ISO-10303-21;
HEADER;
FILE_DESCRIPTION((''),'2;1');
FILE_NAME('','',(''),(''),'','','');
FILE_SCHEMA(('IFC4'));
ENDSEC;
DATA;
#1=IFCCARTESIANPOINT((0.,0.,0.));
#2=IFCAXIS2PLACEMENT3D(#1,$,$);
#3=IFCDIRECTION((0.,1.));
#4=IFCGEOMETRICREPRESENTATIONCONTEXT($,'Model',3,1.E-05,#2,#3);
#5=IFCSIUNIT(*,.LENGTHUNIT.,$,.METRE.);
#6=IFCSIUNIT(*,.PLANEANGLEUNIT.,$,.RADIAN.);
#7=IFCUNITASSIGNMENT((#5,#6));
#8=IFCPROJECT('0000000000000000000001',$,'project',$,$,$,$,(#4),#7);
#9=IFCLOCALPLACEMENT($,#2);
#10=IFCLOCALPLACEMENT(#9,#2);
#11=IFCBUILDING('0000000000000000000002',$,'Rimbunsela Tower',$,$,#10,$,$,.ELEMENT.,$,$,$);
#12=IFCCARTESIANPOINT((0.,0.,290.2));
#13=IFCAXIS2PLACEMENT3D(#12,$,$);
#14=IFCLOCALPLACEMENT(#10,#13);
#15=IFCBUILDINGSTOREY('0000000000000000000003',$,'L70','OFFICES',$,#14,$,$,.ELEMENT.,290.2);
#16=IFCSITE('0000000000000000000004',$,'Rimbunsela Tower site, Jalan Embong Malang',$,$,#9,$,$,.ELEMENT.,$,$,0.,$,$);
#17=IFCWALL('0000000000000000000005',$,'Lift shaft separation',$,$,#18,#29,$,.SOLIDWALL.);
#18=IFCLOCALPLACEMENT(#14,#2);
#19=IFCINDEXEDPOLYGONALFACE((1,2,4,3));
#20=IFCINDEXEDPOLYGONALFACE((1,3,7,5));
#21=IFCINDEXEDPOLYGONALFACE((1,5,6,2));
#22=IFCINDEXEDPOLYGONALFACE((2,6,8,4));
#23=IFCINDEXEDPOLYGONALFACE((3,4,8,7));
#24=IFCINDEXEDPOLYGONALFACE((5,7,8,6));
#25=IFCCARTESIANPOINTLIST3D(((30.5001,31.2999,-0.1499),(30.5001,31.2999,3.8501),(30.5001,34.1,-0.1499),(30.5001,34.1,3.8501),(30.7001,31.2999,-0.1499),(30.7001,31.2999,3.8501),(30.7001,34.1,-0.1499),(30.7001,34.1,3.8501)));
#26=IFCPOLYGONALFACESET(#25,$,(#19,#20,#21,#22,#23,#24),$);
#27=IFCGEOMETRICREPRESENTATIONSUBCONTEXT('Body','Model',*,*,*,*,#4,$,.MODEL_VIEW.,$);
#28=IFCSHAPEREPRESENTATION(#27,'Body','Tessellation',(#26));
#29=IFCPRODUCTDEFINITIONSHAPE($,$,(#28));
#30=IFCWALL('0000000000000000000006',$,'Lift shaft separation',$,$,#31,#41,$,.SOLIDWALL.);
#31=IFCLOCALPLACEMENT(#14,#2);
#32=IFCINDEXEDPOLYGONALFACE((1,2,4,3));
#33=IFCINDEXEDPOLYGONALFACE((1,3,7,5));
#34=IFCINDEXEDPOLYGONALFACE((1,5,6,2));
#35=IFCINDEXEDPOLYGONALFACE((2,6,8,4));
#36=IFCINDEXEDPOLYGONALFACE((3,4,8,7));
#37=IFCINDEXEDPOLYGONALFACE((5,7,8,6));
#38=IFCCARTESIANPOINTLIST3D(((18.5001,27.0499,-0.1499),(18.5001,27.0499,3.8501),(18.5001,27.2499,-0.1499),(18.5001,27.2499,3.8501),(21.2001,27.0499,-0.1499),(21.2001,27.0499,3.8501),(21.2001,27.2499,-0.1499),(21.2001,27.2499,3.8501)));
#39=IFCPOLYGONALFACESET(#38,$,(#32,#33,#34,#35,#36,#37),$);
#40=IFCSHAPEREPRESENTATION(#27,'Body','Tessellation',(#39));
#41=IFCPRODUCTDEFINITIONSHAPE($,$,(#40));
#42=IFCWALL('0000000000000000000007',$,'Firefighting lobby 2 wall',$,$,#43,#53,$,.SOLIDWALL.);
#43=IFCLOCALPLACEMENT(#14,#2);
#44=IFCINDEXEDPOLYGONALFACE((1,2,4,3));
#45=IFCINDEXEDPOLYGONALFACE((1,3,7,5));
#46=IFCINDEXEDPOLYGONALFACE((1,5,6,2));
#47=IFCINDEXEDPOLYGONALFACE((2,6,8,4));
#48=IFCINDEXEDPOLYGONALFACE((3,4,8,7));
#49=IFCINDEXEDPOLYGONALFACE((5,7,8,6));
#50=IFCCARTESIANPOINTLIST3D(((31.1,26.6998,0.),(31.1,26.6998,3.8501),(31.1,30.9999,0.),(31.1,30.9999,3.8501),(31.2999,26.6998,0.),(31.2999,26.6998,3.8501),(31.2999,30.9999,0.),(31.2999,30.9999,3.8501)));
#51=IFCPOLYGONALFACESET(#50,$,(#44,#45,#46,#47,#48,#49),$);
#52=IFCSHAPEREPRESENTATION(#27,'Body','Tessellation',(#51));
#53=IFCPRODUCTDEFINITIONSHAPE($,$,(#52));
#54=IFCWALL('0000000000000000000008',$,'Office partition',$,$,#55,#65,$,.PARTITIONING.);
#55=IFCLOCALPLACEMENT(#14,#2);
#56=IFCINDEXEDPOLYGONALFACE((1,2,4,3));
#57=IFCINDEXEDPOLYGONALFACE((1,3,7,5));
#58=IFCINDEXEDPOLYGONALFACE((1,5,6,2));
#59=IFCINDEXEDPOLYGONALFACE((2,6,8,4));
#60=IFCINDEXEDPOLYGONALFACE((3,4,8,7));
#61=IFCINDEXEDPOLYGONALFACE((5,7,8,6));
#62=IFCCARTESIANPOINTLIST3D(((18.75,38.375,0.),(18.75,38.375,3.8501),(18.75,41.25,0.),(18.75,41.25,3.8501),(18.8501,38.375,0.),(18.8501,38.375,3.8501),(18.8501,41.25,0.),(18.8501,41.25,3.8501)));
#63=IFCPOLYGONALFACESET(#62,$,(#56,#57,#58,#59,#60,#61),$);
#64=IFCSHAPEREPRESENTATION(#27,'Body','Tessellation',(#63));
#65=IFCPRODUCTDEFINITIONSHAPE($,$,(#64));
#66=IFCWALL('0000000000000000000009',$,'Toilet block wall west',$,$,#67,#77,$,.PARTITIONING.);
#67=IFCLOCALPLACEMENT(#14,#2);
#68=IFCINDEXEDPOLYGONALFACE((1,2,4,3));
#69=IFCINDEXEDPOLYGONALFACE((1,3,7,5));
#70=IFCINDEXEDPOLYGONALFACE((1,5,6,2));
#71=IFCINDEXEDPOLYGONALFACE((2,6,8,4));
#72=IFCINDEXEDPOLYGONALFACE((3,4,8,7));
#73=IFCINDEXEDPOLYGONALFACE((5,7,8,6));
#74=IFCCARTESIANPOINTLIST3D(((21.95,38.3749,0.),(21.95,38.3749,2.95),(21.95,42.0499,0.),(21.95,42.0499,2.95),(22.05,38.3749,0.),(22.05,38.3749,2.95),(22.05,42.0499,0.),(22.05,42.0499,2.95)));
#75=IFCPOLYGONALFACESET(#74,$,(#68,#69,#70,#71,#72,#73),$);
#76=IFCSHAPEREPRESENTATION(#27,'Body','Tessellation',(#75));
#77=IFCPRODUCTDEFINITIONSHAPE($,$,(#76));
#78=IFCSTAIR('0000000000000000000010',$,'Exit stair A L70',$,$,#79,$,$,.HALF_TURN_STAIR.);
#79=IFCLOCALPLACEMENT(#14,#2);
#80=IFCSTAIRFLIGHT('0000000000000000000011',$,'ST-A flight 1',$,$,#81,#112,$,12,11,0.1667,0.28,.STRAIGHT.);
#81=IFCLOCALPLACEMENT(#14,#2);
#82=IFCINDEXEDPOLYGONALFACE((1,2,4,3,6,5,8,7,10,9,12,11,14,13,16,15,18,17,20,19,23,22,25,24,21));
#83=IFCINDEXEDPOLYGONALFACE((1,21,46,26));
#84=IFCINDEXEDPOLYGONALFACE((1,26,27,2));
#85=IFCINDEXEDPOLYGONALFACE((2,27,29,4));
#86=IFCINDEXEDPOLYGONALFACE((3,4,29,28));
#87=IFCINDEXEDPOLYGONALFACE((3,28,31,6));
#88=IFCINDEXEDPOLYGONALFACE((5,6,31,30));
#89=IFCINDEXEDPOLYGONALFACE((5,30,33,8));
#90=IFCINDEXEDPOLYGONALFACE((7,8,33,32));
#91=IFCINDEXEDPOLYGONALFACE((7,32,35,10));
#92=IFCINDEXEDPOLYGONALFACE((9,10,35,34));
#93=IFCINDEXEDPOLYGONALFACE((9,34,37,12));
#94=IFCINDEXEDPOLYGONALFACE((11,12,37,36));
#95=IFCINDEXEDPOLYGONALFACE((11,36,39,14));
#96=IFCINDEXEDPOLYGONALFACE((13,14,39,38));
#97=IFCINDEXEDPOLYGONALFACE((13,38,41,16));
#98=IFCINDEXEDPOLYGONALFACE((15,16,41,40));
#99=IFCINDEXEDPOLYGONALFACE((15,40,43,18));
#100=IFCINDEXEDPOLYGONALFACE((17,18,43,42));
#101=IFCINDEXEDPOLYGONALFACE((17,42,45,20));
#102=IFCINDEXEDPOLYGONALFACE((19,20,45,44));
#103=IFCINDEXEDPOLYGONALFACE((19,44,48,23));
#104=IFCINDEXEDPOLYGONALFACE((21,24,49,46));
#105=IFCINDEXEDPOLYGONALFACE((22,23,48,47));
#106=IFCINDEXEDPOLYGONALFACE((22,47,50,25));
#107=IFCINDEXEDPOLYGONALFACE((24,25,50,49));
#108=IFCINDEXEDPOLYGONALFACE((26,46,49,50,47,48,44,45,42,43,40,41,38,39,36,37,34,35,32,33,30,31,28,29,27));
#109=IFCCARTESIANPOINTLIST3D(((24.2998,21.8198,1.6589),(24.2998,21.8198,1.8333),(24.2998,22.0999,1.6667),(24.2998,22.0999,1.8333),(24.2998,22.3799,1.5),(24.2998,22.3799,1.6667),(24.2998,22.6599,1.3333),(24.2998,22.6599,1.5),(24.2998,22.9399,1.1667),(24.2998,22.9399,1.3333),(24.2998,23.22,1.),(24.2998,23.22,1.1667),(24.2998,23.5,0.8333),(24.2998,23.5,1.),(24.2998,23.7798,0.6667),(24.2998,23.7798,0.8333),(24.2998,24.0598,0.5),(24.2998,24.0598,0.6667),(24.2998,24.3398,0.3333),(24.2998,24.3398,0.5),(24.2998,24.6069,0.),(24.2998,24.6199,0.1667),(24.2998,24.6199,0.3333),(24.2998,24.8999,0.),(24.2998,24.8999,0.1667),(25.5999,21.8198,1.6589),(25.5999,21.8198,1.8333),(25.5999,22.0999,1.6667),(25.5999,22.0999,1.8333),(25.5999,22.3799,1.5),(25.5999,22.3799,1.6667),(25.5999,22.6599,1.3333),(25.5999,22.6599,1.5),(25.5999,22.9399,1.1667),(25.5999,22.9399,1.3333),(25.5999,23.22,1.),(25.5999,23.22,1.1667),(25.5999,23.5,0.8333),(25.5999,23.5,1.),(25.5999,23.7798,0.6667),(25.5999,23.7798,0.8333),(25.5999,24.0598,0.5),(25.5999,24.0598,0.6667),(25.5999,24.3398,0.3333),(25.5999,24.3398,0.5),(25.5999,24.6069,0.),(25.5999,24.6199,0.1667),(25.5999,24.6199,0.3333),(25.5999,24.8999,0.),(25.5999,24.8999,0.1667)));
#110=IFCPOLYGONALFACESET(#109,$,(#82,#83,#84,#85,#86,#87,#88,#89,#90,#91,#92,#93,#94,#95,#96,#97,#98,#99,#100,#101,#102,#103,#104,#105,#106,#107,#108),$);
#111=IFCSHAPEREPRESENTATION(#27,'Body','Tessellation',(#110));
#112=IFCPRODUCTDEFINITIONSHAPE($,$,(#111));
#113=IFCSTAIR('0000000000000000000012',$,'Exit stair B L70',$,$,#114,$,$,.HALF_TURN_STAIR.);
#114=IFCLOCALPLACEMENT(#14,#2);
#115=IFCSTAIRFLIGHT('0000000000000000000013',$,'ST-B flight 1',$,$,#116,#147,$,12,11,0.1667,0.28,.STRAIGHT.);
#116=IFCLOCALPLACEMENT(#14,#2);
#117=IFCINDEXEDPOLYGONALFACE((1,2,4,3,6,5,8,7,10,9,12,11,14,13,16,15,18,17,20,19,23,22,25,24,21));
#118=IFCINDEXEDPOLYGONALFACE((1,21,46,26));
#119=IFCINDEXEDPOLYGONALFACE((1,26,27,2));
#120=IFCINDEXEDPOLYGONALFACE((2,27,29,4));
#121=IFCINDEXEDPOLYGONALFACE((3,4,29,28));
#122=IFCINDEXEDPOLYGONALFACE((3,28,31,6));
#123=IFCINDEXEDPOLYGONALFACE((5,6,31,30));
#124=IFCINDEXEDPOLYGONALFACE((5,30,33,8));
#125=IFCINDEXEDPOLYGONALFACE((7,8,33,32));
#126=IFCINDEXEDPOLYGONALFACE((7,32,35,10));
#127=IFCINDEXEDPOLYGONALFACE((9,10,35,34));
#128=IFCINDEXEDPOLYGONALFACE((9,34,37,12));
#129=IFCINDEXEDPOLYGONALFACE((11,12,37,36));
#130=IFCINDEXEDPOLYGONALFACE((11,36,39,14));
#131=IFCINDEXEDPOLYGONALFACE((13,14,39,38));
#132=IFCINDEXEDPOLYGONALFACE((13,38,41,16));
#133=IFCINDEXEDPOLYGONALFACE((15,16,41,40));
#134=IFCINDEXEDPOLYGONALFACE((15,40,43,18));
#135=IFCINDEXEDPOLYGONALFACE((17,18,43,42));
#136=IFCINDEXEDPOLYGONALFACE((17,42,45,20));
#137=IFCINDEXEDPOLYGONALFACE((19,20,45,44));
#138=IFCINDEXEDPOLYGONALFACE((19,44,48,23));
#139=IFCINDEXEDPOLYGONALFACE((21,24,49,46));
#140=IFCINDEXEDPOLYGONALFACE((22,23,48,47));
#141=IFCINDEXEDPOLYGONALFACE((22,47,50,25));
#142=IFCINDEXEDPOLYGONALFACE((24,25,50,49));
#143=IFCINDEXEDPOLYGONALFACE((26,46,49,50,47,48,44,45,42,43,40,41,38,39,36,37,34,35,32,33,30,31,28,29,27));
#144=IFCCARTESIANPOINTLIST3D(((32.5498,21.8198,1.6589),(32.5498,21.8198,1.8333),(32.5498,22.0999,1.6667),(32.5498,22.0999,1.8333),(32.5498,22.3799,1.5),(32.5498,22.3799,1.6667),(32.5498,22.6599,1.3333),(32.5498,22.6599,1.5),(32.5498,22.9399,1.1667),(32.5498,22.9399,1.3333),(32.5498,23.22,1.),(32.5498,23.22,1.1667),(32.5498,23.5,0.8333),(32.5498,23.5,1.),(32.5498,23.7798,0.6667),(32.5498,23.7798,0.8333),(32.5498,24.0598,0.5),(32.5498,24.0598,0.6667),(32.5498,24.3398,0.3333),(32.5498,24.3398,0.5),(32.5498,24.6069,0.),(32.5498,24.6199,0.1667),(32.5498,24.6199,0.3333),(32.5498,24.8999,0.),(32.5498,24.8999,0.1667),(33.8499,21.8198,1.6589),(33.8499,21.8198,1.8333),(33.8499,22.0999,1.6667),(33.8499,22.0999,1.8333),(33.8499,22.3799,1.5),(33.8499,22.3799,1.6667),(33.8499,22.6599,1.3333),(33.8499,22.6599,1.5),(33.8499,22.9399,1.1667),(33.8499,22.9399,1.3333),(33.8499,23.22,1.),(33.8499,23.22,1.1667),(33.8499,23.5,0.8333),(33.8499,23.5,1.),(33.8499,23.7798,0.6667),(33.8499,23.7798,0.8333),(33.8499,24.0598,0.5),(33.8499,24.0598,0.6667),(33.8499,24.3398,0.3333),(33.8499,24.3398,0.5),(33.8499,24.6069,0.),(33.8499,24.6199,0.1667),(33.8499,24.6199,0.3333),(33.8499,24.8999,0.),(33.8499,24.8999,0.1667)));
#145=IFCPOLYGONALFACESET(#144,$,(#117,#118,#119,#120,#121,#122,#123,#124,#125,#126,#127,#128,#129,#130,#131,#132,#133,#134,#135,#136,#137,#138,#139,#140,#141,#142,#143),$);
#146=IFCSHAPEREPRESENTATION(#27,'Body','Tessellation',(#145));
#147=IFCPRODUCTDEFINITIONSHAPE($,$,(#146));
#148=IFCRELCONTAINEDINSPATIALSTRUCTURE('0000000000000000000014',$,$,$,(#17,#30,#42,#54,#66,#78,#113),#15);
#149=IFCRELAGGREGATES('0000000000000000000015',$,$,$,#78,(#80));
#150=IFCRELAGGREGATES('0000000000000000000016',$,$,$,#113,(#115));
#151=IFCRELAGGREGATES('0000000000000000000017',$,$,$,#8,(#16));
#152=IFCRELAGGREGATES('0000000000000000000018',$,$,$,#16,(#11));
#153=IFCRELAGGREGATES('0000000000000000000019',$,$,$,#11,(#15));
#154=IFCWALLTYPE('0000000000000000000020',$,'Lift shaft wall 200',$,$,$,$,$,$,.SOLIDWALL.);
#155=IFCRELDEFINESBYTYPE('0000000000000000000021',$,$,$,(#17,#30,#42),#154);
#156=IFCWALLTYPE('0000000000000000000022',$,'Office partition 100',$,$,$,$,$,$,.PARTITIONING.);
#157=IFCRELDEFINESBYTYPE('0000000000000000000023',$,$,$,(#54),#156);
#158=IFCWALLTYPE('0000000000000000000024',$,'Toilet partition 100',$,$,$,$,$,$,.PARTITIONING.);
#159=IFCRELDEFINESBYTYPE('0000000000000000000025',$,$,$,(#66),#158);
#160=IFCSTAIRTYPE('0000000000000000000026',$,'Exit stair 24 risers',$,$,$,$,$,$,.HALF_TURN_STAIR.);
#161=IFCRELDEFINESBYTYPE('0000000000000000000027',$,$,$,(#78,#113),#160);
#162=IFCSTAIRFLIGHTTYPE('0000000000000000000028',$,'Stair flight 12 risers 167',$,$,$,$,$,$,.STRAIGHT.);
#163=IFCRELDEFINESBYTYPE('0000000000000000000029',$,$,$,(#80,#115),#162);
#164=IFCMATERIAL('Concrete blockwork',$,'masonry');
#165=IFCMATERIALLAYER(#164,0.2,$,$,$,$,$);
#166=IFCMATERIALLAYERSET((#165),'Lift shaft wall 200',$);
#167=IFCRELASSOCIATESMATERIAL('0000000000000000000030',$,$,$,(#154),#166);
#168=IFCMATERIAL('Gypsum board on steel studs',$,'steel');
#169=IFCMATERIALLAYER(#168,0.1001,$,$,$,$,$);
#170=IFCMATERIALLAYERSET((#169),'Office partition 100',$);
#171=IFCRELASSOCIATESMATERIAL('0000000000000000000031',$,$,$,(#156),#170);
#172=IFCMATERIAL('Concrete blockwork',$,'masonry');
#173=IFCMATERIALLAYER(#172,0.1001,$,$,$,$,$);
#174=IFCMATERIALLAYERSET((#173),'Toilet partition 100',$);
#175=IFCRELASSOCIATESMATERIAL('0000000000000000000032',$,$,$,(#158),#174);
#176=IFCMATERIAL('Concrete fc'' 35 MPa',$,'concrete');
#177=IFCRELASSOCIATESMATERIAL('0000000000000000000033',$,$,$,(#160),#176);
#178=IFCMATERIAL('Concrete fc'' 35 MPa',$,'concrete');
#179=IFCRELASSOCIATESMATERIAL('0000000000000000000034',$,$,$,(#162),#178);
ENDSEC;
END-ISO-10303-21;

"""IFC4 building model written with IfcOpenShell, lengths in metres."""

from ifc_helpers import new_model, si_unit, direction, frame, frame_2d, origin, place, context, subcontext, project, spatial, polyline, rectangle, outline, extrude, material, layer, layer_set, type_object, element, aggregate, save


model = new_model("IFC4")

# Units and contexts
model_context = context("Model", 3, precision=1e-05, world=origin(), true_north=direction((0.0, 1.0)))
body_context = subcontext(model_context, "Body", "Model", "MODEL_VIEW")
ifc_project = project(units=[si_unit("LENGTHUNIT", "METRE"), si_unit("PLANEANGLEUNIT", "RADIAN")], contexts=[model_context])

# Site, building, storey
site_placement = place(None, origin())
site = spatial("IfcSite", under=ifc_project, at=site_placement, Name="Rimbunsela Tower site, Jalan Embong Malang", CompositionType="ELEMENT", RefElevation=0.0)
building_placement = place(site_placement, origin())
building = spatial("IfcBuilding", under=site, at=building_placement, Name="Rimbunsela Tower", CompositionType="ELEMENT")
storey_placement = place(building_placement, frame((0.0, 0.0, 290.2)))
storey = spatial("IfcBuildingStorey", under=building, at=storey_placement, Name="L70", Description="OFFICES", CompositionType="ELEMENT", Elevation=290.2)

# Walls
ifc_material_1 = material(Name="Concrete blockwork", Category="masonry")
ifc_layer_1 = layer(ifc_material_1, 0.2)
ifc_layer_set_1 = layer_set([ifc_layer_1], Name="Lift shaft wall 200")
wall_type_1 = type_object("IfcWallType", Name="Lift shaft wall 200", PredefinedType="SOLIDWALL", material=ifc_layer_set_1)
wall_1_placement = place(storey_placement, frame((30.6001, 31.3, -0.1499), z_axis=(0.0, 0.0, 1.0), x_axis=(0.0, 1.0, 0.0)))
element("IfcWall", 1, at=wall_1_placement, inside=storey, type_object=wall_type_1, Name="Lift shaft separation", PredefinedType="SOLIDWALL", context=body_context, shape_type="SweptSolid", body=[
    extrude(rectangle(XDim=2.8, YDim=0.2, at=frame_2d((1.3999, 0.0))), origin(), (0.0, 0.0, 1.0), 4.0),
])
wall_2_placement = place(storey_placement, frame((18.5, 27.1499, -0.1499), z_axis=(0.0, 0.0, 1.0), x_axis=(1.0, 0.0, 0.0)))
element("IfcWall", 2, at=wall_2_placement, inside=storey, type_object=wall_type_1, Name="Lift shaft separation", PredefinedType="SOLIDWALL", context=body_context, shape_type="SweptSolid", body=[
    extrude(rectangle(XDim=2.7, YDim=0.2, at=frame_2d((1.3501, 0.0))), origin(), (0.0, 0.0, 1.0), 4.0),
])
wall_3_placement = place(storey_placement, frame((31.2, 26.7, 0.0), z_axis=(0.0, 0.0, 1.0), x_axis=(0.0, 1.0, 0.0)))
element("IfcWall", 3, at=wall_3_placement, inside=storey, type_object=wall_type_1, Name="Firefighting lobby 2 wall", PredefinedType="SOLIDWALL", context=body_context, shape_type="SweptSolid", body=[
    extrude(rectangle(XDim=4.3, YDim=0.2, at=frame_2d((2.1499, 0.0))), origin(), (0.0, 0.0, 1.0), 3.8501),
])
ifc_material_2 = material(Name="Gypsum board on steel studs", Category="steel")
ifc_layer_2 = layer(ifc_material_2, 0.1001)
ifc_layer_set_2 = layer_set([ifc_layer_2], Name="Office partition 100")
wall_type_2 = type_object("IfcWallType", Name="Office partition 100", PredefinedType="PARTITIONING", material=ifc_layer_set_2)
wall_4_placement = place(storey_placement, frame((18.8, 38.375, 0.0), z_axis=(0.0, 0.0, 1.0), x_axis=(0.0, 1.0, 0.0)))
element("IfcWall", 4, at=wall_4_placement, inside=storey, type_object=wall_type_2, Name="Office partition", PredefinedType="PARTITIONING", context=body_context, shape_type="SweptSolid", body=[
    extrude(rectangle(XDim=2.875, YDim=0.1001, at=frame_2d((1.4375, 0.0))), origin(), (0.0, 0.0, 1.0), 3.8501),
])
ifc_material_3 = material(Name="Concrete blockwork", Category="masonry")
ifc_layer_3 = layer(ifc_material_3, 0.1001)
ifc_layer_set_3 = layer_set([ifc_layer_3], Name="Toilet partition 100")
wall_type_3 = type_object("IfcWallType", Name="Toilet partition 100", PredefinedType="PARTITIONING", material=ifc_layer_set_3)
wall_5_placement = place(storey_placement, frame((22.0, 38.375, 0.0), z_axis=(0.0, 0.0, 1.0), x_axis=(0.0, 1.0, 0.0)))
element("IfcWall", 5, at=wall_5_placement, inside=storey, type_object=wall_type_3, Name="Toilet block wall west", PredefinedType="PARTITIONING", context=body_context, shape_type="SweptSolid", body=[
    extrude(rectangle(XDim=3.675, YDim=0.1001, at=frame_2d((1.8374, 0.0))), origin(), (0.0, 0.0, 1.0), 2.95),
])

# Stairs, stair flights
ifc_material_4 = material(Name="Concrete fc' 35 MPa", Category="concrete")
stair_type = type_object("IfcStairType", Name="Exit stair 24 risers", PredefinedType="HALF_TURN_STAIR", material=ifc_material_4)
stair_1_placement = place(storey_placement, origin())
stair_1 = element("IfcStair", 6, at=stair_1_placement, inside=storey, type_object=stair_type, Name="Exit stair A L70", PredefinedType="HALF_TURN_STAIR")
ifc_material_5 = material(Name="Concrete fc' 35 MPa", Category="concrete")
stair_flight_type = type_object("IfcStairFlightType", Name="Stair flight 12 risers 167", PredefinedType="STRAIGHT", material=ifc_material_5)
stair_flight_1_placement = place(storey_placement, frame((24.95, 24.8999, 0.0), z_axis=(0.0, 0.0, 1.0), x_axis=(0.0, -1.0, 0.0)))
stair_flight_1 = element("IfcStairFlight", 7, at=stair_flight_1_placement, type_object=stair_flight_type, Name="ST-A flight 1", NumberOfRisers=12, NumberOfTreads=11, PredefinedType="STRAIGHT", RiserHeight=0.1667, TreadLength=0.28, context=body_context, shape_type="SweptSolid", body=[
    extrude(outline(polyline([(0.0, 0.0), (0.0, 0.1667), (0.28, 0.1667), (0.28, 0.3333), (0.5601, 0.3333), (0.5601, 0.5), (0.8401, 0.5), (0.8401, 0.6667), (1.1201, 0.6667), (1.1201, 0.8333), (1.3999, 0.8333), (1.3999, 1.0), (1.6799, 1.0), (1.6799, 1.1667), (1.96, 1.1667), (1.96, 1.3333), (2.24, 1.3333), (2.24, 1.5), (2.52, 1.5), (2.52, 1.6667), (2.8, 1.6667), (2.8, 1.8333), (3.0801, 1.8333), (3.0801, 2.0), (3.0801, 1.6589), (0.293, 0.0), (0.0, 0.0)])), frame((0.0, 0.6499, 0.0), z_axis=(0.0, -1.0, 0.0), x_axis=(1.0, 0.0, 0.0)), (0.0, 0.0, 1.0), 1.3),
])
aggregate(stair_1, [stair_flight_1])
stair_2_placement = place(storey_placement, origin())
stair_2 = element("IfcStair", 8, at=stair_2_placement, inside=storey, type_object=stair_type, Name="Exit stair B L70", PredefinedType="HALF_TURN_STAIR")
stair_flight_2_placement = place(storey_placement, frame((33.2, 24.8999, 0.0), z_axis=(0.0, 0.0, 1.0), x_axis=(0.0, -1.0, 0.0)))
stair_flight_2 = element("IfcStairFlight", 9, at=stair_flight_2_placement, type_object=stair_flight_type, Name="ST-B flight 1", NumberOfRisers=12, NumberOfTreads=11, PredefinedType="STRAIGHT", RiserHeight=0.1667, TreadLength=0.28, context=body_context, shape_type="SweptSolid", body=[
    extrude(outline(polyline([(0.0, 0.0), (0.0, 0.1667), (0.28, 0.1667), (0.28, 0.3333), (0.5601, 0.3333), (0.5601, 0.5), (0.8401, 0.5), (0.8401, 0.6667), (1.1201, 0.6667), (1.1201, 0.8333), (1.3999, 0.8333), (1.3999, 1.0), (1.6799, 1.0), (1.6799, 1.1667), (1.96, 1.1667), (1.96, 1.3333), (2.24, 1.3333), (2.24, 1.5), (2.52, 1.5), (2.52, 1.6667), (2.8, 1.6667), (2.8, 1.8333), (3.0801, 1.8333), (3.0801, 2.0), (3.0801, 1.6589), (0.293, 0.0), (0.0, 0.0)])), frame((0.0, 0.6499, 0.0), z_axis=(0.0, -1.0, 0.0), x_axis=(1.0, 0.0, 0.0)), (0.0, 0.0, 1.0), 1.3),
])
aggregate(stair_2, [stair_flight_2])

save(model, "model.ifc")
